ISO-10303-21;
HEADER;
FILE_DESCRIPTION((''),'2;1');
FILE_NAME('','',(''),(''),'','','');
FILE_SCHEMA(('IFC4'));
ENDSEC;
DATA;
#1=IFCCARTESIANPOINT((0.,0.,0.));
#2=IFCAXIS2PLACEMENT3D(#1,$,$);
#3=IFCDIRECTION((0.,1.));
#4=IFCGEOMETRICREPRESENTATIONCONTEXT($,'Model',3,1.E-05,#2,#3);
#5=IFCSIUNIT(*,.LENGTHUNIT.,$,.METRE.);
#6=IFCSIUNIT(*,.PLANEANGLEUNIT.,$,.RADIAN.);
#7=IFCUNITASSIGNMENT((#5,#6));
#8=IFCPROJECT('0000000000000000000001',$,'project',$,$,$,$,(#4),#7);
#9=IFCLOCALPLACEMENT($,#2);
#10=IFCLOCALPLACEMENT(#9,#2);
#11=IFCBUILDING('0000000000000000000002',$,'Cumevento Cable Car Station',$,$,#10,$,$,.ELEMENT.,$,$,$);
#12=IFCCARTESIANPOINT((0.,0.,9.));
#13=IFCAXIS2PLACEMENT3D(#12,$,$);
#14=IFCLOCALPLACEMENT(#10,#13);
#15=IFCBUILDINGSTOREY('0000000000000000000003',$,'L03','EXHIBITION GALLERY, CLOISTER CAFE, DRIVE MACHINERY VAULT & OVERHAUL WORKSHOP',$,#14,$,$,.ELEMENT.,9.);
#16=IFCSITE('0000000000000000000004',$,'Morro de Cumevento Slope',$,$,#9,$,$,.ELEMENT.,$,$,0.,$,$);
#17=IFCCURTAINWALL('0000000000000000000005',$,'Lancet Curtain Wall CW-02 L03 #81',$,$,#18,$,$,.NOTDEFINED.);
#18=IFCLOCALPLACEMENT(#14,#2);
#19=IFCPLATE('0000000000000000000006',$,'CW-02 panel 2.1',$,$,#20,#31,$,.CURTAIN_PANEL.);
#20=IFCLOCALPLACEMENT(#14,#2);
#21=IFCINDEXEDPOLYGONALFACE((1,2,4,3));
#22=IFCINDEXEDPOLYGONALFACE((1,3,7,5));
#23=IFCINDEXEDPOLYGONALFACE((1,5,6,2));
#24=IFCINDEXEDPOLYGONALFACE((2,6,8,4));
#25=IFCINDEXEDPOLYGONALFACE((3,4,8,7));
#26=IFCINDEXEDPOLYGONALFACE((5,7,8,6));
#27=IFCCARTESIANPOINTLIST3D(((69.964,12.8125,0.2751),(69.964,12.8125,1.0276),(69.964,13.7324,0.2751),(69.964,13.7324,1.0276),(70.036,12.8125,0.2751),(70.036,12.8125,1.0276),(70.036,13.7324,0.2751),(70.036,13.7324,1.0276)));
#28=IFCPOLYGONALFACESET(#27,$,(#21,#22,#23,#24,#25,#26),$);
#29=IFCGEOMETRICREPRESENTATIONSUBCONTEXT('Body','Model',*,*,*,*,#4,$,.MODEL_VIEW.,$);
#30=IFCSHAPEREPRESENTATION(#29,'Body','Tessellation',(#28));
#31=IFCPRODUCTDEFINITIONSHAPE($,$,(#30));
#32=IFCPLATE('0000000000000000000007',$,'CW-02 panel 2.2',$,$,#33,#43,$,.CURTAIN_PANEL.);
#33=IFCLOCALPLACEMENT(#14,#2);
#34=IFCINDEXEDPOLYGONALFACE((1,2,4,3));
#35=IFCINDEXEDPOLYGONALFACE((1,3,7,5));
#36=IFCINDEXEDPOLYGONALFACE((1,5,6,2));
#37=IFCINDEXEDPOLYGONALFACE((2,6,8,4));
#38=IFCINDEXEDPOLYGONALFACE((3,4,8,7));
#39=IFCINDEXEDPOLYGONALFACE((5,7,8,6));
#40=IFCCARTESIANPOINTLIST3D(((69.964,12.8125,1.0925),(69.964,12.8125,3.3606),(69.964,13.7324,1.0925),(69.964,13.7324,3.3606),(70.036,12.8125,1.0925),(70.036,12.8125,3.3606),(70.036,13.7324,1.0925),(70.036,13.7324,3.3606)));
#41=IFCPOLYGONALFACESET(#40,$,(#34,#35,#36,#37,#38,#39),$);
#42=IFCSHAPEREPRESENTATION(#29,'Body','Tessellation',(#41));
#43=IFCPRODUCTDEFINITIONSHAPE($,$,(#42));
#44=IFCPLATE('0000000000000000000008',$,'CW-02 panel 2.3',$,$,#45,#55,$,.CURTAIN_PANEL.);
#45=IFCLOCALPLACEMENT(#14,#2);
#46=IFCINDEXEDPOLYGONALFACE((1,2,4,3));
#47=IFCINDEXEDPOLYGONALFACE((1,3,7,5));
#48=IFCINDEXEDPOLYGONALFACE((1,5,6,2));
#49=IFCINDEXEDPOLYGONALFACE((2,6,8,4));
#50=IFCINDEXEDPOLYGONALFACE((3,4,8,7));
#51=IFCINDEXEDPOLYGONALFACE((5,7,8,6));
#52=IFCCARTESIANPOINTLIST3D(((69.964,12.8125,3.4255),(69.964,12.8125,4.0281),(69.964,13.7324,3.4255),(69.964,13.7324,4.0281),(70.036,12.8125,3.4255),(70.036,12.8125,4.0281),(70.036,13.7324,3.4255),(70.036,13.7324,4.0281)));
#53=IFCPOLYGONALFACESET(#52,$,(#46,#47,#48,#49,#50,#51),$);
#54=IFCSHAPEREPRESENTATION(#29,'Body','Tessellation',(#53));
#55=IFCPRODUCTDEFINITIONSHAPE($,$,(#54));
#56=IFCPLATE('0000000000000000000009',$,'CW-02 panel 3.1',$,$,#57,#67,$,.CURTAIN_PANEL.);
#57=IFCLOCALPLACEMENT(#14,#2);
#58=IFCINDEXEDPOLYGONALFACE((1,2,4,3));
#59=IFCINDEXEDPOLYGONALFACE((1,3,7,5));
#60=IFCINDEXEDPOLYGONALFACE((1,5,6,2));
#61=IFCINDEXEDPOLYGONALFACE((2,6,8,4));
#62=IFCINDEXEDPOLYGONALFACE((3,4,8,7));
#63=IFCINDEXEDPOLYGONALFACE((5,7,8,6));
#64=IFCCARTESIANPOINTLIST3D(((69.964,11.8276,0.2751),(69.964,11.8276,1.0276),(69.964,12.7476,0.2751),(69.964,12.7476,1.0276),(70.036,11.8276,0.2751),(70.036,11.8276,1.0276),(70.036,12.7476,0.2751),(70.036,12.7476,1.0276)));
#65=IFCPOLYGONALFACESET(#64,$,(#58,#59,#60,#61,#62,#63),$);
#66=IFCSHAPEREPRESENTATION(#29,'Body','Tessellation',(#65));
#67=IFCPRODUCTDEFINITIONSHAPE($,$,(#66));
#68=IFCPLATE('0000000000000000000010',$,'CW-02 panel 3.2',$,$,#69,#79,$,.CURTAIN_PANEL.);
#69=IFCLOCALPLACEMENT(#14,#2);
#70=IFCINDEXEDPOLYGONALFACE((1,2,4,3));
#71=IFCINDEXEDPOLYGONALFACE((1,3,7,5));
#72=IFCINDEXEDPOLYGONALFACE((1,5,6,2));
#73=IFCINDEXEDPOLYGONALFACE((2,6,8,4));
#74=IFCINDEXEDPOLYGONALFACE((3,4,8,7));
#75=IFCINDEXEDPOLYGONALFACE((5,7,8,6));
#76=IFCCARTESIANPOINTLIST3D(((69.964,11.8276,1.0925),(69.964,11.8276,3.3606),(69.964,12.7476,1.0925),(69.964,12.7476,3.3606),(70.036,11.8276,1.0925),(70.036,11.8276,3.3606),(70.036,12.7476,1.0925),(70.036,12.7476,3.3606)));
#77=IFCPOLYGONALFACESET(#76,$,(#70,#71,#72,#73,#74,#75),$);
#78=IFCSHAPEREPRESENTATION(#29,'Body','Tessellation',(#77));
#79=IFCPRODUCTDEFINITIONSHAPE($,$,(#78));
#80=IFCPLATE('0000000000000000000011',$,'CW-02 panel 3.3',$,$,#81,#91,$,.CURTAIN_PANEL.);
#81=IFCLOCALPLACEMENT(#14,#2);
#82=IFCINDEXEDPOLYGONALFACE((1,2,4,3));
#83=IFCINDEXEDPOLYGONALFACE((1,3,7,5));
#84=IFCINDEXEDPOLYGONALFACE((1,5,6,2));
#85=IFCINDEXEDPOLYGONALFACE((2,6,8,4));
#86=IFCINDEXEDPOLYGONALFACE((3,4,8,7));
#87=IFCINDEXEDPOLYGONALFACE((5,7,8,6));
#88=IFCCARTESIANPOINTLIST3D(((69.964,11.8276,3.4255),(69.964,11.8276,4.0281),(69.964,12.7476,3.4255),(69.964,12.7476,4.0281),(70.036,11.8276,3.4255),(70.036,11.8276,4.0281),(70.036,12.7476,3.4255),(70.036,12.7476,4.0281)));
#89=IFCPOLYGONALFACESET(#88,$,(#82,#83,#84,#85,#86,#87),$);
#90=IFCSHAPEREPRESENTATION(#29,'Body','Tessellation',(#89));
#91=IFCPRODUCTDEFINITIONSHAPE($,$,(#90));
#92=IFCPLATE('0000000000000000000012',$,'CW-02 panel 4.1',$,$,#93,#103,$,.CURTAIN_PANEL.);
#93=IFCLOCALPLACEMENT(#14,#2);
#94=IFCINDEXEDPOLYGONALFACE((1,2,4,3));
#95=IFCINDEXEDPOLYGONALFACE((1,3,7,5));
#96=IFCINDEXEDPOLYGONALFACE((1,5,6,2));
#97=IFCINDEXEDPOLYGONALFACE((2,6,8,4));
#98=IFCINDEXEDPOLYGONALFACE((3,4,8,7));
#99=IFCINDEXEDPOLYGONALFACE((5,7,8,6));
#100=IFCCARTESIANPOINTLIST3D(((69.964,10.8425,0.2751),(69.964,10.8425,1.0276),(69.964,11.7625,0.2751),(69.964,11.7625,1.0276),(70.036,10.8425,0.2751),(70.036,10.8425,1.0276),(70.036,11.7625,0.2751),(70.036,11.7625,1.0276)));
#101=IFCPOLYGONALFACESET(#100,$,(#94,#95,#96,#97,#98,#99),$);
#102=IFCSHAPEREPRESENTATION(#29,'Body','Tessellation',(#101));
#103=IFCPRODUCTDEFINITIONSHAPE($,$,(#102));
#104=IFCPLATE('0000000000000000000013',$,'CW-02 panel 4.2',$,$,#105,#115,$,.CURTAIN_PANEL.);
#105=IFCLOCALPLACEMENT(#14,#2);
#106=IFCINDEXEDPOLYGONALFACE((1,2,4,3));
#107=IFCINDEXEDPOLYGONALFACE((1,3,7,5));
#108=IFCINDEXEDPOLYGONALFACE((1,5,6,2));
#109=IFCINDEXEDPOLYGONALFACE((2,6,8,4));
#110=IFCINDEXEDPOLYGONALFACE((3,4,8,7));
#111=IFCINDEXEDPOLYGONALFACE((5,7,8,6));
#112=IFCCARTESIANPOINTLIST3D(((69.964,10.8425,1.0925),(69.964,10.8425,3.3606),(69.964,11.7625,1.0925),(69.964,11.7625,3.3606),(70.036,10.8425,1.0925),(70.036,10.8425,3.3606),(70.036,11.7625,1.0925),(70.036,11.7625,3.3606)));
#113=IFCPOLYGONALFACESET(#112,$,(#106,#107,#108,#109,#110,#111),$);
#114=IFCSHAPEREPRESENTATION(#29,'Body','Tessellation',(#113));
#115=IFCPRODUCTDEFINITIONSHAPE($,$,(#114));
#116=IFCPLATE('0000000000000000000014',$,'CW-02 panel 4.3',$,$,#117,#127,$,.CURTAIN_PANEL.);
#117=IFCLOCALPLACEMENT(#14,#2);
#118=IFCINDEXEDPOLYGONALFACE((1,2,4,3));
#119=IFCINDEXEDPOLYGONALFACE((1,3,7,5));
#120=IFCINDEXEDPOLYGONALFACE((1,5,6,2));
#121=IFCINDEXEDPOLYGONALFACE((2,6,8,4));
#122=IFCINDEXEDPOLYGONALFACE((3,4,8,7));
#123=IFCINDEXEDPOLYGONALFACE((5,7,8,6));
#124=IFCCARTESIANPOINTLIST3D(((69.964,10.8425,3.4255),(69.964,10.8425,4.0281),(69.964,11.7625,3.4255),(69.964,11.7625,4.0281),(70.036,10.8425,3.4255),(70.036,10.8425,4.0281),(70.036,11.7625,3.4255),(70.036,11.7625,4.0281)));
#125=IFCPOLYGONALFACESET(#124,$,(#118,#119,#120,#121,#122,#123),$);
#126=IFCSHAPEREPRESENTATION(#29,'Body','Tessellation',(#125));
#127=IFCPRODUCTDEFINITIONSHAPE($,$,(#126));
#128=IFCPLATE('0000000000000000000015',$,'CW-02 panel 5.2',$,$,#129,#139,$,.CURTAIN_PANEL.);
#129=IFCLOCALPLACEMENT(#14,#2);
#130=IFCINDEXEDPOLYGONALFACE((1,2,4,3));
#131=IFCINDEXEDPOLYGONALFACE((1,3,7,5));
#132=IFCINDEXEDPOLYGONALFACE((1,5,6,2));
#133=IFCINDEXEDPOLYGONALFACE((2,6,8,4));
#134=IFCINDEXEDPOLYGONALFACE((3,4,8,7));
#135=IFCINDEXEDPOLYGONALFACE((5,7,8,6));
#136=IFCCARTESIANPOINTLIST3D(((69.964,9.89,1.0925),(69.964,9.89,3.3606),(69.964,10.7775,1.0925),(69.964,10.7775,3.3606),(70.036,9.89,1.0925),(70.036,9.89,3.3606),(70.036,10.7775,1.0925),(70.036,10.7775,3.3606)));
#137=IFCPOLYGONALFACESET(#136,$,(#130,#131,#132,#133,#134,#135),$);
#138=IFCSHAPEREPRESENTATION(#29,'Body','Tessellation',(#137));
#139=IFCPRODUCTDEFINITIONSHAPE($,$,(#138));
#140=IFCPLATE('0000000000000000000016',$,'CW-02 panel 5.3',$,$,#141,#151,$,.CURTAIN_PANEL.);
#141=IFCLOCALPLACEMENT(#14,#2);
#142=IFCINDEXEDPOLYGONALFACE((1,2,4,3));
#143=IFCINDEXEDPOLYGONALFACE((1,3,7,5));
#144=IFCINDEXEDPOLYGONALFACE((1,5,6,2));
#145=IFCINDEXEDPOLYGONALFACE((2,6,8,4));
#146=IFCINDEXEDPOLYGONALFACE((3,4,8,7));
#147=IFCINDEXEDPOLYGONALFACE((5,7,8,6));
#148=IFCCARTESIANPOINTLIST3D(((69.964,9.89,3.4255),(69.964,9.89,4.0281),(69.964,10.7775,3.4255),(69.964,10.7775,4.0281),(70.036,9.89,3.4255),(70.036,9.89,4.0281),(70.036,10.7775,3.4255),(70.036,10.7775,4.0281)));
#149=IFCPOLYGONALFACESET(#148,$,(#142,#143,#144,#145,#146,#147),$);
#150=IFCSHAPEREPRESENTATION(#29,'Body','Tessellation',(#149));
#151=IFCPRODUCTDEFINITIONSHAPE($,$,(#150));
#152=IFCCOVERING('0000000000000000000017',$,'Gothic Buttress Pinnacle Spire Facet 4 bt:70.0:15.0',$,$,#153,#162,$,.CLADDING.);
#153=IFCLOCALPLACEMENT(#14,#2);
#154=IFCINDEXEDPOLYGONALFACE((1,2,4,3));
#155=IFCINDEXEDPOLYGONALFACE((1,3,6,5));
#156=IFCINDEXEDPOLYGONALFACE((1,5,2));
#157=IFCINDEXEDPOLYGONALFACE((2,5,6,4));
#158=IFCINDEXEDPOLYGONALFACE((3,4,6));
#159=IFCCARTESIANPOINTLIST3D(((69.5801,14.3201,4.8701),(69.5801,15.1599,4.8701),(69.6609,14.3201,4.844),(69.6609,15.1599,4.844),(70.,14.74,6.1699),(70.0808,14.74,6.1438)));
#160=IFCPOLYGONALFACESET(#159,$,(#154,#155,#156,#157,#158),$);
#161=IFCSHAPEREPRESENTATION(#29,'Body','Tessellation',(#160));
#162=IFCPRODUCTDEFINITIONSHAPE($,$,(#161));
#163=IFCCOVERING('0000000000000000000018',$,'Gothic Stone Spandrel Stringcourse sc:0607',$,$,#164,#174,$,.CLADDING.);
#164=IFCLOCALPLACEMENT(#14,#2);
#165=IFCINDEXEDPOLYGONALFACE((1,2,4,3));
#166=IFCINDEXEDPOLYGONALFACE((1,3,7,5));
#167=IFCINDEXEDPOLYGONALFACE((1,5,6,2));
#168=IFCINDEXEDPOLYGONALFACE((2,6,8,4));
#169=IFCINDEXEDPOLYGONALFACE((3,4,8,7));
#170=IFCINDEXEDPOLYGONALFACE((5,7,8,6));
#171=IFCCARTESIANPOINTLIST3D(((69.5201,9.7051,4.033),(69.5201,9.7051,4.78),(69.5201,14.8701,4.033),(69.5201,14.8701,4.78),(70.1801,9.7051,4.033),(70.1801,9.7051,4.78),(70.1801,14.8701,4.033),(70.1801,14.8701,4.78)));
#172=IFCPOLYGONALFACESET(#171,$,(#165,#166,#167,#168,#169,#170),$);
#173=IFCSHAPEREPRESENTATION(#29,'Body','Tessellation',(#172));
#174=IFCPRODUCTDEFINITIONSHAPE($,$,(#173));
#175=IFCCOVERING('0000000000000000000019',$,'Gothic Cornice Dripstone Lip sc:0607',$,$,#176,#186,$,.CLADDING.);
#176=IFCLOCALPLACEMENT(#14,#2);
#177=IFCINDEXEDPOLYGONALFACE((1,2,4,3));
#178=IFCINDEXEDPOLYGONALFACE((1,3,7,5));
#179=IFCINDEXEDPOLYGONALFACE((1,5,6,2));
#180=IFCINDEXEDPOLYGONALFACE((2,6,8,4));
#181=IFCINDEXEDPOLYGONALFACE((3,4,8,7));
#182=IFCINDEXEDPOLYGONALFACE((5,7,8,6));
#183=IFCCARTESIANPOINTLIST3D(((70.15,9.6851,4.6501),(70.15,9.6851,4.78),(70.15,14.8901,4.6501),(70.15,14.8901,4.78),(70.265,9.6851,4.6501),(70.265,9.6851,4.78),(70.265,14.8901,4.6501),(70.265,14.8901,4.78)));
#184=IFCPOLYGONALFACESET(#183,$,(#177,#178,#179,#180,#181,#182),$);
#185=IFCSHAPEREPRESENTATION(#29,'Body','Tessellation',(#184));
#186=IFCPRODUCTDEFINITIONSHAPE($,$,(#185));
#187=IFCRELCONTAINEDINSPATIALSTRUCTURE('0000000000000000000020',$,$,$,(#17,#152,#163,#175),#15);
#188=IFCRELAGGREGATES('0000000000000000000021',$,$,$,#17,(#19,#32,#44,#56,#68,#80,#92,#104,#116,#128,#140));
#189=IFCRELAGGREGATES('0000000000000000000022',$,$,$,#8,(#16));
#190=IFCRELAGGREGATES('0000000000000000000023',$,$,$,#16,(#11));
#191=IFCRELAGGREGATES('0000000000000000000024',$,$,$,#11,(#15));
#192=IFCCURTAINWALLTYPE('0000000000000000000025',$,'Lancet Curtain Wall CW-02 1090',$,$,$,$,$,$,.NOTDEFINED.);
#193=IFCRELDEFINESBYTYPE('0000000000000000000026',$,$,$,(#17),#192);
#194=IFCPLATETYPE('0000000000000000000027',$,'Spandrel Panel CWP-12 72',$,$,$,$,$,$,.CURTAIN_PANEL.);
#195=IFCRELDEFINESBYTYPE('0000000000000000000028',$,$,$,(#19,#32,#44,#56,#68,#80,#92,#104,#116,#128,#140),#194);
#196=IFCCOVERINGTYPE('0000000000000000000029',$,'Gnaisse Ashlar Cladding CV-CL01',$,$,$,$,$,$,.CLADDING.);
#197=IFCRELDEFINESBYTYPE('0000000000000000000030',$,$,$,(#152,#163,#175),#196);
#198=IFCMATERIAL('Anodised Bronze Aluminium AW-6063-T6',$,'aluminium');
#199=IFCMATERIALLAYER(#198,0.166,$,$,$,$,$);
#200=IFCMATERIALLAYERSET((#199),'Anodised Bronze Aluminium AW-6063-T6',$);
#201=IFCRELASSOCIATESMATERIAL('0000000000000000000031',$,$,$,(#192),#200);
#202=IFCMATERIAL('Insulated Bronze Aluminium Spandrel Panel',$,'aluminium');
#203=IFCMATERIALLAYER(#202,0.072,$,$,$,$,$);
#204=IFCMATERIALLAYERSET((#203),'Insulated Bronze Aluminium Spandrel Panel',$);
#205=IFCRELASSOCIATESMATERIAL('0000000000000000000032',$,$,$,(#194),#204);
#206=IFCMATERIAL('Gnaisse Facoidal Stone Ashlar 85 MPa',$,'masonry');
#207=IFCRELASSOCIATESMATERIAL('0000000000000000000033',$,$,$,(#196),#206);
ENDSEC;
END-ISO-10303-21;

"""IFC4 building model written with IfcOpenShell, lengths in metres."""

from ifc_helpers import new_model, si_unit, direction, frame, origin, origin_2d, place, context, subcontext, project, spatial, polyline, rectangle, outline, extrude, material, layer, layer_set, type_object, element, aggregate, save


model = new_model("IFC4")

# Units and contexts
model_context = context("Model", 3, precision=1e-05, world=origin(), true_north=direction((0.0, 1.0)))
body_context = subcontext(model_context, "Body", "Model", "MODEL_VIEW")
ifc_project = project(units=[si_unit("LENGTHUNIT", "METRE"), si_unit("PLANEANGLEUNIT", "RADIAN")], contexts=[model_context])

# Site, building, storey
site_placement = place(None, origin())
site = spatial("IfcSite", under=ifc_project, at=site_placement, Name="Morro de Cumevento Slope", CompositionType="ELEMENT", RefElevation=0.0)
building_placement = place(site_placement, origin())
building = spatial("IfcBuilding", under=site, at=building_placement, Name="Cumevento Cable Car Station", CompositionType="ELEMENT")
storey_placement = place(building_placement, frame((0.0, 0.0, 9.0)))
storey = spatial("IfcBuildingStorey", under=building, at=storey_placement, Name="L03", Description="EXHIBITION GALLERY, CLOISTER CAFE, DRIVE MACHINERY VAULT & OVERHAUL WORKSHOP", CompositionType="ELEMENT", Elevation=9.0)

# Curtain wall, plates
ifc_material_1 = material(Name="Anodised Bronze Aluminium AW-6063-T6", Category="aluminium")
ifc_layer_1 = layer(ifc_material_1, 0.166)
ifc_layer_set_1 = layer_set([ifc_layer_1], Name="Anodised Bronze Aluminium AW-6063-T6")
curtain_wall_type = type_object("IfcCurtainWallType", Name="Lancet Curtain Wall CW-02 1090", PredefinedType="NOTDEFINED", material=ifc_layer_set_1)
curtain_wall_placement = place(storey_placement, origin())
curtain_wall = element("IfcCurtainWall", 1, at=curtain_wall_placement, inside=storey, type_object=curtain_wall_type, Name="Lancet Curtain Wall CW-02 L03 #81", PredefinedType="NOTDEFINED")
ifc_material_2 = material(Name="Insulated Bronze Aluminium Spandrel Panel", Category="aluminium")
ifc_layer_2 = layer(ifc_material_2, 0.072)
ifc_layer_set_2 = layer_set([ifc_layer_2], Name="Insulated Bronze Aluminium Spandrel Panel")
plate_type = type_object("IfcPlateType", Name="Spandrel Panel CWP-12 72", PredefinedType="CURTAIN_PANEL", material=ifc_layer_set_2)
plate_1_placement = place(storey_placement, frame((70.0, 13.2725, 0.2751), z_axis=(0.0, 0.0, 1.0), x_axis=(0.0, -1.0, 0.0)))
plate_1 = element("IfcPlate", 2, at=plate_1_placement, type_object=plate_type, Name="CW-02 panel 2.1", PredefinedType="CURTAIN_PANEL", context=body_context, shape_type="SweptSolid", body=[
    extrude(rectangle(XDim=0.9199, YDim=0.072, at=origin_2d()), origin(), (0.0, 0.0, 1.0), 0.7524),
])
plate_2_placement = place(storey_placement, frame((70.0, 13.2725, 1.0925), z_axis=(0.0, 0.0, 1.0), x_axis=(0.0, -1.0, 0.0)))
plate_2 = element("IfcPlate", 3, at=plate_2_placement, type_object=plate_type, Name="CW-02 panel 2.2", PredefinedType="CURTAIN_PANEL", context=body_context, shape_type="SweptSolid", body=[
    extrude(rectangle(XDim=0.9199, YDim=0.072, at=origin_2d()), origin(), (0.0, 0.0, 1.0), 2.2681),
])
plate_3_placement = place(storey_placement, frame((70.0, 13.2725, 3.4255), z_axis=(0.0, 0.0, 1.0), x_axis=(0.0, -1.0, 0.0)))
plate_3 = element("IfcPlate", 4, at=plate_3_placement, type_object=plate_type, Name="CW-02 panel 2.3", PredefinedType="CURTAIN_PANEL", context=body_context, shape_type="SweptSolid", body=[
    extrude(rectangle(XDim=0.9199, YDim=0.072, at=origin_2d()), origin(), (0.0, 0.0, 1.0), 0.6025),
])
plate_4_placement = place(storey_placement, frame((70.0, 12.2876, 0.2751), z_axis=(0.0, 0.0, 1.0), x_axis=(0.0, -1.0, 0.0)))
plate_4 = element("IfcPlate", 5, at=plate_4_placement, type_object=plate_type, Name="CW-02 panel 3.1", PredefinedType="CURTAIN_PANEL", context=body_context, shape_type="SweptSolid", body=[
    extrude(rectangle(XDim=0.9199, YDim=0.072, at=origin_2d()), origin(), (0.0, 0.0, 1.0), 0.7524),
])
plate_5_placement = place(storey_placement, frame((70.0, 12.2876, 1.0925), z_axis=(0.0, 0.0, 1.0), x_axis=(0.0, -1.0, 0.0)))
plate_5 = element("IfcPlate", 6, at=plate_5_placement, type_object=plate_type, Name="CW-02 panel 3.2", PredefinedType="CURTAIN_PANEL", context=body_context, shape_type="SweptSolid", body=[
    extrude(rectangle(XDim=0.9199, YDim=0.072, at=origin_2d()), origin(), (0.0, 0.0, 1.0), 2.2681),
])
plate_6_placement = place(storey_placement, frame((70.0, 12.2876, 3.4255), z_axis=(0.0, 0.0, 1.0), x_axis=(0.0, -1.0, 0.0)))
plate_6 = element("IfcPlate", 7, at=plate_6_placement, type_object=plate_type, Name="CW-02 panel 3.3", PredefinedType="CURTAIN_PANEL", context=body_context, shape_type="SweptSolid", body=[
    extrude(rectangle(XDim=0.9199, YDim=0.072, at=origin_2d()), origin(), (0.0, 0.0, 1.0), 0.6025),
])
plate_7_placement = place(storey_placement, frame((70.0, 11.3025, 0.2751), z_axis=(0.0, 0.0, 1.0), x_axis=(0.0, -1.0, 0.0)))
plate_7 = element("IfcPlate", 8, at=plate_7_placement, type_object=plate_type, Name="CW-02 panel 4.1", PredefinedType="CURTAIN_PANEL", context=body_context, shape_type="SweptSolid", body=[
    extrude(rectangle(XDim=0.9199, YDim=0.072, at=origin_2d()), origin(), (0.0, 0.0, 1.0), 0.7524),
])
plate_8_placement = place(storey_placement, frame((70.0, 11.3025, 1.0925), z_axis=(0.0, 0.0, 1.0), x_axis=(0.0, -1.0, 0.0)))
plate_8 = element("IfcPlate", 9, at=plate_8_placement, type_object=plate_type, Name="CW-02 panel 4.2", PredefinedType="CURTAIN_PANEL", context=body_context, shape_type="SweptSolid", body=[
    extrude(rectangle(XDim=0.9199, YDim=0.072, at=origin_2d()), origin(), (0.0, 0.0, 1.0), 2.2681),
])
plate_9_placement = place(storey_placement, frame((70.0, 11.3025, 3.4255), z_axis=(0.0, 0.0, 1.0), x_axis=(0.0, -1.0, 0.0)))
plate_9 = element("IfcPlate", 10, at=plate_9_placement, type_object=plate_type, Name="CW-02 panel 4.3", PredefinedType="CURTAIN_PANEL", context=body_context, shape_type="SweptSolid", body=[
    extrude(rectangle(XDim=0.9199, YDim=0.072, at=origin_2d()), origin(), (0.0, 0.0, 1.0), 0.6025),
])
plate_10_placement = place(storey_placement, frame((70.0, 10.3337, 1.0925), z_axis=(0.0, 0.0, 1.0), x_axis=(0.0, -1.0, 0.0)))
plate_10 = element("IfcPlate", 11, at=plate_10_placement, type_object=plate_type, Name="CW-02 panel 5.2", PredefinedType="CURTAIN_PANEL", context=body_context, shape_type="SweptSolid", body=[
    extrude(rectangle(XDim=0.8875, YDim=0.072, at=origin_2d()), origin(), (0.0, 0.0, 1.0), 2.2681),
])
plate_11_placement = place(storey_placement, frame((70.0, 10.3337, 3.4255), z_axis=(0.0, 0.0, 1.0), x_axis=(0.0, -1.0, 0.0)))
plate_11 = element("IfcPlate", 12, at=plate_11_placement, type_object=plate_type, Name="CW-02 panel 5.3", PredefinedType="CURTAIN_PANEL", context=body_context, shape_type="SweptSolid", body=[
    extrude(rectangle(XDim=0.8875, YDim=0.072, at=origin_2d()), origin(), (0.0, 0.0, 1.0), 0.6025),
])
aggregate(curtain_wall, [plate_1, plate_2, plate_3, plate_4, plate_5, plate_6, plate_7, plate_8, plate_9, plate_10, plate_11])

# Coverings
ifc_material_3 = material(Name="Gnaisse Facoidal Stone Ashlar 85 MPa", Category="masonry")
covering_type = type_object("IfcCoveringType", Name="Gnaisse Ashlar Cladding CV-CL01", PredefinedType="CLADDING", material=ifc_material_3)
covering_1_placement = place(storey_placement, frame((69.5801, 14.3201, 4.8701), z_axis=(-0.951574, 0.0, 0.307421), x_axis=(0.0, 1.0, 0.0)))
element("IfcCovering", 13, at=covering_1_placement, inside=storey, type_object=covering_type, Name="Gothic Buttress Pinnacle Spire Facet 4 bt:70.0:15.0", PredefinedType="CLADDING", context=body_context, shape_type="SweptSolid", body=[
    extrude(outline(polyline([(0.0, 0.0), (0.8398, 0.0), (0.4199, -1.366), (0.0, 0.0)])), origin(), (0.0, 0.0, -1.0), 0.085),
])
covering_2_placement = place(storey_placement, frame((69.8501, 12.2876, 4.033), z_axis=(0.0, 0.0, 1.0), x_axis=(0.0, -1.0, 0.0)))
element("IfcCovering", 14, at=covering_2_placement, inside=storey, type_object=covering_type, Name="Gothic Stone Spandrel Stringcourse sc:0607", PredefinedType="CLADDING", context=body_context, shape_type="SweptSolid", body=[
    extrude(rectangle(XDim=5.165, YDim=0.6599, at=origin_2d()), origin(), (0.0, 0.0, 1.0), 0.7471),
])
covering_3_placement = place(storey_placement, frame((70.2075, 12.2876, 4.6501), z_axis=(0.0, 0.0, 1.0), x_axis=(0.0, -1.0, 0.0)))
element("IfcCovering", 15, at=covering_3_placement, inside=storey, type_object=covering_type, Name="Gothic Cornice Dripstone Lip sc:0607", PredefinedType="CLADDING", context=body_context, shape_type="SweptSolid", body=[
    extrude(rectangle(XDim=5.2051, YDim=0.115, at=origin_2d()), origin(), (0.0, 0.0, 1.0), 0.1299),
])

save(model, "model.ifc")
